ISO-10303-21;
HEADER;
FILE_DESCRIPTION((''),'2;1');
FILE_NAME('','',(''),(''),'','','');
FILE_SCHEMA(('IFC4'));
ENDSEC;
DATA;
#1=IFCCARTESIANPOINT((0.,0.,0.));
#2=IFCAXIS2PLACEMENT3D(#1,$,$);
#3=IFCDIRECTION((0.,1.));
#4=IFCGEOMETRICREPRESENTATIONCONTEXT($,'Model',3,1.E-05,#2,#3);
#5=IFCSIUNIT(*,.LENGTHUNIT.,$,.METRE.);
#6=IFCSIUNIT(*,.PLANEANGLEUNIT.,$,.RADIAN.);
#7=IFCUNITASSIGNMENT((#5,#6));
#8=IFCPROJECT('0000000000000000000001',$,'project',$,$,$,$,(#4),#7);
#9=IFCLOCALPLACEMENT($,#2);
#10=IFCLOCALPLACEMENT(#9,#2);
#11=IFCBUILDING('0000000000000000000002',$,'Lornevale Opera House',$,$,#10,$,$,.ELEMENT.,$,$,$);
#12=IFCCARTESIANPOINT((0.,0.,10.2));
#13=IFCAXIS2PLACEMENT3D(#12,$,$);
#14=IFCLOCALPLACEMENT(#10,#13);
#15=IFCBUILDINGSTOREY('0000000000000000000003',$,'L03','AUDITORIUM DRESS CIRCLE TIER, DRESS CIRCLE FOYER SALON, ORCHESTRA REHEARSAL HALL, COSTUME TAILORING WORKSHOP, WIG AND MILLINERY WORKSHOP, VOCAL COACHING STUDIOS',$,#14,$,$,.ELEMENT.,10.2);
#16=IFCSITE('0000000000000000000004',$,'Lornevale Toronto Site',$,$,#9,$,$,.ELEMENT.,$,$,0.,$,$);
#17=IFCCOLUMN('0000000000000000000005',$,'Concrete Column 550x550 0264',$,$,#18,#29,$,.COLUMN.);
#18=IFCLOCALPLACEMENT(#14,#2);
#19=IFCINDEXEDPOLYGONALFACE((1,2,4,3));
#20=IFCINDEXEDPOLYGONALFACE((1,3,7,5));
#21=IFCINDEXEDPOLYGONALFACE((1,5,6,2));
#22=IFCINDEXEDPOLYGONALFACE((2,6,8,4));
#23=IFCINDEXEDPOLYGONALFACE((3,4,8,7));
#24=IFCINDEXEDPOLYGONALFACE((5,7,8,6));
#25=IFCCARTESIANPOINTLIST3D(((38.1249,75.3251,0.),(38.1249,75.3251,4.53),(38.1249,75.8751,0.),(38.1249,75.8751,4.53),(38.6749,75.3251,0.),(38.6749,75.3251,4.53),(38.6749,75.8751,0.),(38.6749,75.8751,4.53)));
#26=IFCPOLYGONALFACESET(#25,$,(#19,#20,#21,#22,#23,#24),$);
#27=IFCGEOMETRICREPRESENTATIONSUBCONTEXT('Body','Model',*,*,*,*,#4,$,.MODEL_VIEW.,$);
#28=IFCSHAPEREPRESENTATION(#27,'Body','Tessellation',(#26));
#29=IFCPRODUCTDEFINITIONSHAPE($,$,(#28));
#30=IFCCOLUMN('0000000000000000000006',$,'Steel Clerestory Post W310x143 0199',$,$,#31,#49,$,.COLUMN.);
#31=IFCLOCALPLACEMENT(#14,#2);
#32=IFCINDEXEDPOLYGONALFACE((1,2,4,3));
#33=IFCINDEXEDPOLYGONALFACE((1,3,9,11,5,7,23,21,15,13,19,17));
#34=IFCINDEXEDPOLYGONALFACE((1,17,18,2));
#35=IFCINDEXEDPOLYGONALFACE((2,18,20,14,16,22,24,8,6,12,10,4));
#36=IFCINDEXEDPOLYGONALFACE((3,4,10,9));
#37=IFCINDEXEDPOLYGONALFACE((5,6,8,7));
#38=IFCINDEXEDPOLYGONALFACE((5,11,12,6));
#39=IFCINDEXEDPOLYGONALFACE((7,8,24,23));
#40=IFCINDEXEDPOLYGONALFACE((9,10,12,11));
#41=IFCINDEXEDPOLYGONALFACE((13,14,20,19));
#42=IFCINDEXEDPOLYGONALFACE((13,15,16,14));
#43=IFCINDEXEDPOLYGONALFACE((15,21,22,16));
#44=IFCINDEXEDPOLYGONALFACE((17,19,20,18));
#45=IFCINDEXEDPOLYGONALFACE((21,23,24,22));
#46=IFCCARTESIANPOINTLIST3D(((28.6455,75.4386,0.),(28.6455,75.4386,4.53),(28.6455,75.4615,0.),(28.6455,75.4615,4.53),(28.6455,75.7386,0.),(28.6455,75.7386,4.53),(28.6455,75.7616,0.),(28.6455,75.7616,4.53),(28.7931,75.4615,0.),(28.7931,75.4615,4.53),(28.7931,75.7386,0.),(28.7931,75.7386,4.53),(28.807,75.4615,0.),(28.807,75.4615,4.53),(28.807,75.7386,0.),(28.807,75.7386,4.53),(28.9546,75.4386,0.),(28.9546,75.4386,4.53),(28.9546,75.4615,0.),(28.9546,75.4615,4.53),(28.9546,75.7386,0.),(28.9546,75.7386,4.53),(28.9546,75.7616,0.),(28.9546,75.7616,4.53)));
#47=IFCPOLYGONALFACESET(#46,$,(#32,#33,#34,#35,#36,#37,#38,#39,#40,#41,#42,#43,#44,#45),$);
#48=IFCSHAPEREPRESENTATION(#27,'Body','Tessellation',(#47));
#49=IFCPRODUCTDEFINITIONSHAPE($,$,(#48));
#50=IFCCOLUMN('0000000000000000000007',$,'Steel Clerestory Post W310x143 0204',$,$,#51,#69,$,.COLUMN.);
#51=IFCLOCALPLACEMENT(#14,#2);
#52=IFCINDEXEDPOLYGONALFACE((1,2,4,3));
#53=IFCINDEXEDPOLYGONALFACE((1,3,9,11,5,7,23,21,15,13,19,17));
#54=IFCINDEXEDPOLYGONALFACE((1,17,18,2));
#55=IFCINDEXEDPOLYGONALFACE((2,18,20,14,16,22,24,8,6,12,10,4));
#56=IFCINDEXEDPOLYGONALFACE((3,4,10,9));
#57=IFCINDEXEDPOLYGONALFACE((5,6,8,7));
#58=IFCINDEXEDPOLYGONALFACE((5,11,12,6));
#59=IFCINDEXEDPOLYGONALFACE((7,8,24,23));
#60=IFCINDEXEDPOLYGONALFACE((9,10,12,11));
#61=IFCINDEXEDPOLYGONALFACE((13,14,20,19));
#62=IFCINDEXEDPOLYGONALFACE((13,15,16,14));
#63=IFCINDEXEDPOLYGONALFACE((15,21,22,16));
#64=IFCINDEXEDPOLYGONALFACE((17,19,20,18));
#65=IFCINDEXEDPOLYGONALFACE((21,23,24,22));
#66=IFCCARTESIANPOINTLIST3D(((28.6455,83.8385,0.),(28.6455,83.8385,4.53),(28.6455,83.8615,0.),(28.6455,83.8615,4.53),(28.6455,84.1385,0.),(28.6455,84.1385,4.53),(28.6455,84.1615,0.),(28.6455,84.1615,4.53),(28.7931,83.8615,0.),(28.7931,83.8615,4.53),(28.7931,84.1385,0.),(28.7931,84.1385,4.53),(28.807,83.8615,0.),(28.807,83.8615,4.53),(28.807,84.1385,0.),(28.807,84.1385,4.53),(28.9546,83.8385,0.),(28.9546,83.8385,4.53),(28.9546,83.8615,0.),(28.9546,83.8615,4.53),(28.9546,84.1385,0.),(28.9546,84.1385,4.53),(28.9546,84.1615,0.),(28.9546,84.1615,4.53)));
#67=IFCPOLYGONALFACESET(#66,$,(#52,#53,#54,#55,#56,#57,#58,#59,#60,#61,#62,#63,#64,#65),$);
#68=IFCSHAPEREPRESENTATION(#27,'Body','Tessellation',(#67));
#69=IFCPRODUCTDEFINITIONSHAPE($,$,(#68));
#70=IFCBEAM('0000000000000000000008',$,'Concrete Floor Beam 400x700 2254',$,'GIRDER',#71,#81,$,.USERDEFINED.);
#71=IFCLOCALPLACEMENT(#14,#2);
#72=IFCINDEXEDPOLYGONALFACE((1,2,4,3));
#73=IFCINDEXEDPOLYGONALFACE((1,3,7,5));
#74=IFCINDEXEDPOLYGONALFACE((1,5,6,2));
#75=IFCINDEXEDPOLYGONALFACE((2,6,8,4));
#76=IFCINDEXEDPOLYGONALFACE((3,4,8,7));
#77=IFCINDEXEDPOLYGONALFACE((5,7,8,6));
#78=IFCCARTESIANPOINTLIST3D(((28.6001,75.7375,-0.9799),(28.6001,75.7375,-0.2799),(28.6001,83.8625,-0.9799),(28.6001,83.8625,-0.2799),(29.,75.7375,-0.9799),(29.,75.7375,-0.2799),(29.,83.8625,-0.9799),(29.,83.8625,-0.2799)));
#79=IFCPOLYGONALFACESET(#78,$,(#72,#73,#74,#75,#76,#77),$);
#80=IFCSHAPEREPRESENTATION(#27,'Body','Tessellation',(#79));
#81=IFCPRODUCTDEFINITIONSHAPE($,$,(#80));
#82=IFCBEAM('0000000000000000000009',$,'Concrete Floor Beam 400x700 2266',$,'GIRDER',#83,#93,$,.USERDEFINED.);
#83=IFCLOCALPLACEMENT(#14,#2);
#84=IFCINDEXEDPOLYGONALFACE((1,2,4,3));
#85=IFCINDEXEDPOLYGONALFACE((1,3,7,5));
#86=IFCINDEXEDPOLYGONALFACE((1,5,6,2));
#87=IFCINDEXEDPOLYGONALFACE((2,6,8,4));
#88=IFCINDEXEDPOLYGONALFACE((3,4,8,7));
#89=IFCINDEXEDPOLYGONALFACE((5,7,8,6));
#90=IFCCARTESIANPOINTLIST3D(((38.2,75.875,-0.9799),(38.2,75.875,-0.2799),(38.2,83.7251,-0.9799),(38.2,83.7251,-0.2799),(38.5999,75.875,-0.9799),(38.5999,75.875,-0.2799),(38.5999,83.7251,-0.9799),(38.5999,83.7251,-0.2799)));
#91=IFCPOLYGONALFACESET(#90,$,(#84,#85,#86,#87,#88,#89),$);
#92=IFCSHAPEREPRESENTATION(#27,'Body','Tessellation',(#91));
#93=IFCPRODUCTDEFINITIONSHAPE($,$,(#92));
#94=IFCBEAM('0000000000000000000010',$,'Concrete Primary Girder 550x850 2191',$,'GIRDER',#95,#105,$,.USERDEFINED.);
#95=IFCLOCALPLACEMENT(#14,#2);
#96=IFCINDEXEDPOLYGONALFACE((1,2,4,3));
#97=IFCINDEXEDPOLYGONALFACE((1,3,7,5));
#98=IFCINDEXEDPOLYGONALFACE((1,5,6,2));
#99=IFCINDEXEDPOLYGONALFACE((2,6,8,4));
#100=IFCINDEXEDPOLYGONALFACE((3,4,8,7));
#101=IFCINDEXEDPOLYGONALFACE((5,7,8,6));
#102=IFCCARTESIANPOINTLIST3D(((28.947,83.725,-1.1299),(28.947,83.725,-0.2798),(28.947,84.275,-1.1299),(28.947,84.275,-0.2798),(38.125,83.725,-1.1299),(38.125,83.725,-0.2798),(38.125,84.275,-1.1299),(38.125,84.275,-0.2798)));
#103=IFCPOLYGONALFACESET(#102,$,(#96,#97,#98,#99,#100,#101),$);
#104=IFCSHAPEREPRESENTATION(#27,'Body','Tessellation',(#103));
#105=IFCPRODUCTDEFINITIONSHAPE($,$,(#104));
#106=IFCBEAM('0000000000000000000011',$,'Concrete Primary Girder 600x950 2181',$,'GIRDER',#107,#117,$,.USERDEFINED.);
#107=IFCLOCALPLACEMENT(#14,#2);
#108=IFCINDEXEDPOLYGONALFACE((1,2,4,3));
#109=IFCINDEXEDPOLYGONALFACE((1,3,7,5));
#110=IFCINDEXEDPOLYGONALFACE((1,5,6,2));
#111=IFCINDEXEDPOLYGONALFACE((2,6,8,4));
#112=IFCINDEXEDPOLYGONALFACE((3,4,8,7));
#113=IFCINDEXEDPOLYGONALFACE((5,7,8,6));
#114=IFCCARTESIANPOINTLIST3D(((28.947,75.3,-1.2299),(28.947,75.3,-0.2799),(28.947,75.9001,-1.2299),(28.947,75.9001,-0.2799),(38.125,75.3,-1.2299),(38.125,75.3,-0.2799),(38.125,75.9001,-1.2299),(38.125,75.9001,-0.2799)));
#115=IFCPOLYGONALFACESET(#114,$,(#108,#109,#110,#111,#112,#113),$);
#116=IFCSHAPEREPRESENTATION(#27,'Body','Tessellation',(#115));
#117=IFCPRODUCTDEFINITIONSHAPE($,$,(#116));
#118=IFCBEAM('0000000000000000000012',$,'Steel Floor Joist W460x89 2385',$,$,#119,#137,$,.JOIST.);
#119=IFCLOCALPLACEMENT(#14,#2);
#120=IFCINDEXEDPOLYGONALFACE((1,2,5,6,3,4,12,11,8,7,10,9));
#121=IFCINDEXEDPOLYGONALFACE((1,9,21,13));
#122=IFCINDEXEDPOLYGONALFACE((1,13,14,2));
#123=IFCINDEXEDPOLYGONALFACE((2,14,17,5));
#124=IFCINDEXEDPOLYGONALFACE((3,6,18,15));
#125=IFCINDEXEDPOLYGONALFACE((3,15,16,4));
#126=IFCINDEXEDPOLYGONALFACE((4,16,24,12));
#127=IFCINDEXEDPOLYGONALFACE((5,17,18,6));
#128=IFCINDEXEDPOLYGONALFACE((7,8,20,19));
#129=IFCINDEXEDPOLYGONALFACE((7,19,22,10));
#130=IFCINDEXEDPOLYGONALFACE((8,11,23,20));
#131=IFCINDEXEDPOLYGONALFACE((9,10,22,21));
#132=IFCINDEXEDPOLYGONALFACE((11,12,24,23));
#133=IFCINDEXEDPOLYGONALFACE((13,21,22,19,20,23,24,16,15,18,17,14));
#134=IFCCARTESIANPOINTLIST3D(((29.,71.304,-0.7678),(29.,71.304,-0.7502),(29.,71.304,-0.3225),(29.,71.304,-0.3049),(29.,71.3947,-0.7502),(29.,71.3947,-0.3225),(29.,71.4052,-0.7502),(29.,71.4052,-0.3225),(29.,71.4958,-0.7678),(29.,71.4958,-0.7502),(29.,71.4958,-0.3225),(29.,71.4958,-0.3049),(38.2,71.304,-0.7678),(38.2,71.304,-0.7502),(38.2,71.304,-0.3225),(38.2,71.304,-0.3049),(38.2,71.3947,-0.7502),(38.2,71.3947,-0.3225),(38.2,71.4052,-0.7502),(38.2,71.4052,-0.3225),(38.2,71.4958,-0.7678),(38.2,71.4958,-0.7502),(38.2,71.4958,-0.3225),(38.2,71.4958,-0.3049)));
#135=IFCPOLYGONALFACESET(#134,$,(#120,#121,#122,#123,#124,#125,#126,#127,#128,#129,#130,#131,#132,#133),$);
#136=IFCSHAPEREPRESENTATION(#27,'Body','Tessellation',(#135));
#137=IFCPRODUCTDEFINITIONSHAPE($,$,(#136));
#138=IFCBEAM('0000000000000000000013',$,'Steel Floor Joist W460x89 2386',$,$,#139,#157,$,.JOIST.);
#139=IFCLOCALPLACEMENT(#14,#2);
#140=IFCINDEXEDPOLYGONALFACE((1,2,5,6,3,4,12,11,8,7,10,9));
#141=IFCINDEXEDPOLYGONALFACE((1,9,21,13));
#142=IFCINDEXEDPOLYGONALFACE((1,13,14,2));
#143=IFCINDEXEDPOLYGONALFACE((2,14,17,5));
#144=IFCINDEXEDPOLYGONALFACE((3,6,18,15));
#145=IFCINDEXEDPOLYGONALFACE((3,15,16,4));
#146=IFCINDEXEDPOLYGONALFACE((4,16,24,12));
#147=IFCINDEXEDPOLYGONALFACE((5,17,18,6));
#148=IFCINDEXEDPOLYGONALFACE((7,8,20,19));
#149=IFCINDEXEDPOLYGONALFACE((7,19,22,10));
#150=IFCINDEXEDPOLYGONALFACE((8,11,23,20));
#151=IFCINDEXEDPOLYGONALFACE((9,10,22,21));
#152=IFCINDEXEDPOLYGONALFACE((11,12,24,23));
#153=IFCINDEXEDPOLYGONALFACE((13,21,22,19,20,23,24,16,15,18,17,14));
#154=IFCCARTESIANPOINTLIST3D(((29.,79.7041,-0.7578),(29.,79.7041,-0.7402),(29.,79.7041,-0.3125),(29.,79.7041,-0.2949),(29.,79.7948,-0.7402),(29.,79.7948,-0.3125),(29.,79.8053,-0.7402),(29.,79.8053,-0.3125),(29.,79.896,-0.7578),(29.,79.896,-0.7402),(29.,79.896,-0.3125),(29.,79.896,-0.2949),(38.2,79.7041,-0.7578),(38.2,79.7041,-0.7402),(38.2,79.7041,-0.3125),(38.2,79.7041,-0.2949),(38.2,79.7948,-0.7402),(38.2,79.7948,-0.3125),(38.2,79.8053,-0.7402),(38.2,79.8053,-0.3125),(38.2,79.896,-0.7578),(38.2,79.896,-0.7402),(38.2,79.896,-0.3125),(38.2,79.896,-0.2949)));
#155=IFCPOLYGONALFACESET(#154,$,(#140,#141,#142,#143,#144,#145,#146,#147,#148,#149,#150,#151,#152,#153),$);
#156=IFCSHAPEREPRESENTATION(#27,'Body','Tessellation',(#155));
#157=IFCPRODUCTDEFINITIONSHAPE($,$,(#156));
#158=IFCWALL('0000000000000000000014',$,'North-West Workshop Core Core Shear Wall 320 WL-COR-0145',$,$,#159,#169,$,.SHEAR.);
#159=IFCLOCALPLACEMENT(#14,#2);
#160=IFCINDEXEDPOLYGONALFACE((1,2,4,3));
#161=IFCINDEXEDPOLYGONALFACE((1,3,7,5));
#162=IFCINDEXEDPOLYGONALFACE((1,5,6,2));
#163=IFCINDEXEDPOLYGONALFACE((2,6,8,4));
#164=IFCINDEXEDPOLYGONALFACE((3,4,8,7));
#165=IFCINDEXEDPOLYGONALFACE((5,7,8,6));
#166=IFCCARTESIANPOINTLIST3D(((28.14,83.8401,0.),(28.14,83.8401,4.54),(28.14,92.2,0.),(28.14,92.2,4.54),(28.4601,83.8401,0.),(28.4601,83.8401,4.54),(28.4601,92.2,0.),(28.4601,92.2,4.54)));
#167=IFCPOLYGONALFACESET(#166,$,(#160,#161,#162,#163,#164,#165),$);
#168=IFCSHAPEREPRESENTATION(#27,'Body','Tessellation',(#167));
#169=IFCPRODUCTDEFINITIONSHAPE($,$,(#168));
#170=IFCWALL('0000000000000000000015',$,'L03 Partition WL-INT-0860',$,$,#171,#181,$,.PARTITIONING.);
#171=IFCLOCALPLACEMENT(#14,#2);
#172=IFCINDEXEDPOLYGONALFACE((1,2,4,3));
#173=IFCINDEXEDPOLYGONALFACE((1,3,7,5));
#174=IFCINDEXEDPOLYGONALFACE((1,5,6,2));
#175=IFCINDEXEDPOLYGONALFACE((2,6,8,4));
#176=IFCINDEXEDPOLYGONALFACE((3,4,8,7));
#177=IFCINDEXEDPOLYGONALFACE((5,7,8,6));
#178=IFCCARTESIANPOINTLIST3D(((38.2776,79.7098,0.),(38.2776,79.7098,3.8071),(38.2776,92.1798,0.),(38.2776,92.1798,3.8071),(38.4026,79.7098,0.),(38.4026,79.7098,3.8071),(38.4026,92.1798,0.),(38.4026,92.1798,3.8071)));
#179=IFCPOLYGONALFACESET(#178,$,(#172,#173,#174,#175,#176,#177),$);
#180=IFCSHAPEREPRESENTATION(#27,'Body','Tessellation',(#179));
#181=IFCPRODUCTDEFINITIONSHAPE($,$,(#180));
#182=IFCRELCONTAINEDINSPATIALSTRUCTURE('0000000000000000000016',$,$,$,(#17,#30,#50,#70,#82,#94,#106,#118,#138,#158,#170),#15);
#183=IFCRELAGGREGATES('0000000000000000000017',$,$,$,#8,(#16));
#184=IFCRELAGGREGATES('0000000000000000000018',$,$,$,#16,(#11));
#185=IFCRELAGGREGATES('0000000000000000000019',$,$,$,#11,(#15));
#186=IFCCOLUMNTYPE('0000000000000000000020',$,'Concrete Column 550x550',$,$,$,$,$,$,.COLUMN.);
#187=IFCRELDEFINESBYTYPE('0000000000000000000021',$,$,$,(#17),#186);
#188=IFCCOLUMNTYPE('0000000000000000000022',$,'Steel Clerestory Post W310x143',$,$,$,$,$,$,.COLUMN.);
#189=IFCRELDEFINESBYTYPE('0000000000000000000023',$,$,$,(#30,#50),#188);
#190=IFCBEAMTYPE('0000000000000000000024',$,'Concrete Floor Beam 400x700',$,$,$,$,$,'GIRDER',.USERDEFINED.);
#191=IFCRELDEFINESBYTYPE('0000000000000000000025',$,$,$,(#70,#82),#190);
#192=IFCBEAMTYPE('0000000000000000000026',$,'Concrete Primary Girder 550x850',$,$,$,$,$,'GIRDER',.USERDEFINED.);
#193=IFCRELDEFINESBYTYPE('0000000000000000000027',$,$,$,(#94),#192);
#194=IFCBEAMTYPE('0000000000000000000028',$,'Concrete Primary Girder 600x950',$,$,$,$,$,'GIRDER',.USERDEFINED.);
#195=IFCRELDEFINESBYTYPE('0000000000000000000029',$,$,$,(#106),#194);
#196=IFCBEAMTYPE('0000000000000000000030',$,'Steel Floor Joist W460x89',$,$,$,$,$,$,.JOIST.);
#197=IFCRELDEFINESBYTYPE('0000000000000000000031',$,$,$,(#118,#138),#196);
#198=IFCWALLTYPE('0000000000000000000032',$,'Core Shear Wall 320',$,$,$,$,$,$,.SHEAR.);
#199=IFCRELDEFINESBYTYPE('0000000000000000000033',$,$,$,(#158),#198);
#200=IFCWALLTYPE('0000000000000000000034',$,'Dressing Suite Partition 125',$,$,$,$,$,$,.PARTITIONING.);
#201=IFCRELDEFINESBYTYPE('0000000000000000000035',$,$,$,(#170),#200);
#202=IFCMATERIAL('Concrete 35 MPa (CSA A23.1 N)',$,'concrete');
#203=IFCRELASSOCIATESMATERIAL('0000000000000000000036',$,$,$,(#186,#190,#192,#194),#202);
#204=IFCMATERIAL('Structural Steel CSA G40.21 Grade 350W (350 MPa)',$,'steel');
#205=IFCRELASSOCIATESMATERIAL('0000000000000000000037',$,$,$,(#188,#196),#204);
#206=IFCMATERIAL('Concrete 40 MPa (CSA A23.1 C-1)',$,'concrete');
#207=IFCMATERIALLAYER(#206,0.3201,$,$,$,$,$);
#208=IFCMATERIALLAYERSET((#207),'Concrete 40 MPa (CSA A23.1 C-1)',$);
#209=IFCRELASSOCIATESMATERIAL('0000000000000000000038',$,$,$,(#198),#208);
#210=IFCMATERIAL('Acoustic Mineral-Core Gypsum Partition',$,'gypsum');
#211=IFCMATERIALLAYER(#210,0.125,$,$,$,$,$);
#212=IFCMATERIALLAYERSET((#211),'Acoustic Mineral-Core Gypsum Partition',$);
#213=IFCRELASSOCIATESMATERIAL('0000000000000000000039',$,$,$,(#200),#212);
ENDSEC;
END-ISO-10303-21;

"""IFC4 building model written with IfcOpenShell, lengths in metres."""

from ifc_helpers import new_model, si_unit, direction, frame, frame_2d, origin, origin_2d, place, context, subcontext, project, spatial, rectangle, i_section, extrude, material, layer, layer_set, material_profile, profile_set, type_object, element, save


model = new_model("IFC4")

# Units and contexts
model_context = context("Model", 3, precision=1e-05, world=origin(), true_north=direction((0.0, 1.0)))
body_context = subcontext(model_context, "Body", "Model", "MODEL_VIEW")
ifc_project = project(units=[si_unit("LENGTHUNIT", "METRE"), si_unit("PLANEANGLEUNIT", "RADIAN")], contexts=[model_context])

# Site, building, storey
site_placement = place(None, origin())
site = spatial("IfcSite", under=ifc_project, at=site_placement, Name="Lornevale Toronto Site", CompositionType="ELEMENT", RefElevation=0.0)
building_placement = place(site_placement, origin())
building = spatial("IfcBuilding", under=site, at=building_placement, Name="Lornevale Opera House", CompositionType="ELEMENT")
storey_placement = place(building_placement, frame((0.0, 0.0, 10.2)))
storey = spatial("IfcBuildingStorey", under=building, at=storey_placement, Name="L03", Description="AUDITORIUM DRESS CIRCLE TIER, DRESS CIRCLE FOYER SALON, ORCHESTRA REHEARSAL HALL, COSTUME TAILORING WORKSHOP, WIG AND MILLINERY WORKSHOP, VOCAL COACHING STUDIOS", CompositionType="ELEMENT", Elevation=10.2)

# Columns
ifc_material_1 = material(Name="Concrete 35 MPa (CSA A23.1 N)", Category="concrete")
ifc_material_profile_1 = material_profile(ifc_material_1, rectangle(XDim=0.55, YDim=0.55, at=origin_2d()), Name="RC550x550")
ifc_profile_set_1 = profile_set([ifc_material_profile_1], Name="Concrete 35 MPa (CSA A23.1 N)")
column_type_1 = type_object("IfcColumnType", Name="Concrete Column 550x550", PredefinedType="COLUMN", material=ifc_profile_set_1)
column_placement = place(storey_placement, frame((38.3999, 75.6001, 0.0), z_axis=(0.0, 0.0, 1.0), x_axis=(1.0, 0.0, 0.0)))
element("IfcColumn", 1, at=column_placement, inside=storey, type_object=column_type_1, Name="Concrete Column 550x550 0264", PredefinedType="COLUMN", context=body_context, shape_type="SweptSolid", body=[
    extrude(rectangle(XDim=0.55, YDim=0.55, at=origin_2d()), origin(), (0.0, 0.0, 1.0), 4.53),
])
ifc_material_2 = material(Name="Structural Steel CSA G40.21 Grade 350W (350 MPa)", Category="steel")
ifc_material_profile_2 = material_profile(ifc_material_2, i_section(OverallWidth=0.3091, OverallDepth=0.323, WebThickness=0.0139, FlangeThickness=0.0229, at=origin_2d()), Name="W310x143")
ifc_profile_set_2 = profile_set([ifc_material_profile_2], Name="Structural Steel CSA G40.21 Grade 350W (350 MPa)")
column_type_2 = type_object("IfcColumnType", Name="Steel Clerestory Post W310x143", PredefinedType="COLUMN", material=ifc_profile_set_2)
for number, where, z_axis, x_axis, name in (
    (2, (28.8, 75.6001, 0.0), (0.0, 0.0, 1.0), (1.0, 0.0, 0.0), "Steel Clerestory Post W310x143 0199"),
    (3, (28.8, 84.0, 0.0), (0.0, 0.0, 1.0), (1.0, 0.0, 0.0), "Steel Clerestory Post W310x143 0204"),
):
    element("IfcColumn", number, at=place(storey_placement, frame(where, z_axis=z_axis, x_axis=x_axis)), inside=storey, type_object=column_type_2, Name=name, PredefinedType="COLUMN", context=body_context, shape_type="SweptSolid", body=[
        extrude(i_section(OverallWidth=0.3091, OverallDepth=0.323, WebThickness=0.0139, FlangeThickness=0.0229, at=origin_2d()), origin(), (0.0, 0.0, 1.0), 4.53),
    ])

# Beams
ifc_material_profile_3 = material_profile(ifc_material_1, rectangle(XDim=0.3999, YDim=0.7, at=origin_2d()), Name="RC400x700")
ifc_profile_set_3 = profile_set([ifc_material_profile_3], Name="Concrete 35 MPa (CSA A23.1 N)")
beam_type_1 = type_object("IfcBeamType", Name="Concrete Floor Beam 400x700", ElementType="GIRDER", PredefinedType="USERDEFINED", material=ifc_profile_set_3)
beam_1_placement = place(storey_placement, frame((28.8, 75.7375, -0.6299), z_axis=(0.0, 1.0, 0.0), x_axis=(-1.0, 0.0, 0.0)))
element("IfcBeam", 4, at=beam_1_placement, inside=storey, type_object=beam_type_1, Name="Concrete Floor Beam 400x700 2254", ObjectType="GIRDER", PredefinedType="USERDEFINED", context=body_context, shape_type="SweptSolid", body=[
    extrude(rectangle(XDim=0.3999, YDim=0.7, at=origin_2d()), origin(), (0.0, 0.0, 1.0), 8.125),
])
beam_2_placement = place(storey_placement, frame((38.3999, 75.875, -0.6299), z_axis=(0.0, 1.0, 0.0), x_axis=(-1.0, 0.0, 0.0)))
element("IfcBeam", 5, at=beam_2_placement, inside=storey, type_object=beam_type_1, Name="Concrete Floor Beam 400x700 2266", ObjectType="GIRDER", PredefinedType="USERDEFINED", context=body_context, shape_type="SweptSolid", body=[
    extrude(rectangle(XDim=0.3999, YDim=0.7, at=origin_2d()), origin(), (0.0, 0.0, 1.0), 7.8501),
])
ifc_material_profile_4 = material_profile(ifc_material_1, rectangle(XDim=0.55, YDim=0.8501, at=origin_2d()), Name="RC550x850")
ifc_profile_set_4 = profile_set([ifc_material_profile_4], Name="Concrete 35 MPa (CSA A23.1 N)")
beam_type_2 = type_object("IfcBeamType", Name="Concrete Primary Girder 550x850", ElementType="GIRDER", PredefinedType="USERDEFINED", material=ifc_profile_set_4)
beam_3_placement = place(storey_placement, frame((28.947, 84.0, -0.7048), z_axis=(1.0, 0.0, 0.0), x_axis=(0.0, 1.0, 0.0)))
element("IfcBeam", 6, at=beam_3_placement, inside=storey, type_object=beam_type_2, Name="Concrete Primary Girder 550x850 2191", ObjectType="GIRDER", PredefinedType="USERDEFINED", context=body_context, shape_type="SweptSolid", body=[
    extrude(rectangle(XDim=0.55, YDim=0.8501, at=origin_2d()), origin(), (0.0, 0.0, 1.0), 9.178),
])
ifc_material_profile_5 = material_profile(ifc_material_1, rectangle(XDim=0.6001, YDim=0.95, at=origin_2d()), Name="RC600x950")
ifc_profile_set_5 = profile_set([ifc_material_profile_5], Name="Concrete 35 MPa (CSA A23.1 N)")
beam_type_3 = type_object("IfcBeamType", Name="Concrete Primary Girder 600x950", ElementType="GIRDER", PredefinedType="USERDEFINED", material=ifc_profile_set_5)
beam_4_placement = place(storey_placement, frame((28.947, 75.6001, -0.7549), z_axis=(1.0, 0.0, 0.0), x_axis=(0.0, 1.0, 0.0)))
element("IfcBeam", 7, at=beam_4_placement, inside=storey, type_object=beam_type_3, Name="Concrete Primary Girder 600x950 2181", ObjectType="GIRDER", PredefinedType="USERDEFINED", context=body_context, shape_type="SweptSolid", body=[
    extrude(rectangle(XDim=0.6001, YDim=0.95, at=origin_2d()), origin(), (0.0, 0.0, 1.0), 9.178),
])
ifc_material_profile_6 = material_profile(ifc_material_2, i_section(OverallWidth=0.1919, OverallDepth=0.4629, WebThickness=0.0105, FlangeThickness=0.0176, at=origin_2d()), Name="W460x89")
ifc_profile_set_6 = profile_set([ifc_material_profile_6], Name="Structural Steel CSA G40.21 Grade 350W (350 MPa)")
beam_type_4 = type_object("IfcBeamType", Name="Steel Floor Joist W460x89", PredefinedType="JOIST", material=ifc_profile_set_6)
for number, where, z_axis, x_axis, name in (
    (8, (29.0, 71.3999, -0.5364), (1.0, 0.0, 0.0), (0.0, 1.0, 0.0), "Steel Floor Joist W460x89 2385"),
    (9, (29.0, 79.8, -0.5264), (1.0, 0.0, 0.0), (0.0, 1.0, 0.0), "Steel Floor Joist W460x89 2386"),
):
    element("IfcBeam", number, at=place(storey_placement, frame(where, z_axis=z_axis, x_axis=x_axis)), inside=storey, type_object=beam_type_4, Name=name, PredefinedType="JOIST", context=body_context, shape_type="SweptSolid", body=[
        extrude(i_section(OverallWidth=0.1919, OverallDepth=0.4629, WebThickness=0.0105, FlangeThickness=0.0176, at=origin_2d()), origin(), (0.0, 0.0, 1.0), 9.2),
    ])

# Walls
ifc_material_3 = material(Name="Concrete 40 MPa (CSA A23.1 C-1)", Category="concrete")
ifc_layer_1 = layer(ifc_material_3, 0.3201)
ifc_layer_set_1 = layer_set([ifc_layer_1], Name="Concrete 40 MPa (CSA A23.1 C-1)")
wall_type_1 = type_object("IfcWallType", Name="Core Shear Wall 320", PredefinedType="SHEAR", material=ifc_layer_set_1)
wall_1_placement = place(storey_placement, frame((28.3, 83.8401, 0.0), z_axis=(0.0, 0.0, 1.0), x_axis=(0.0, 1.0, 0.0)))
element("IfcWall", 10, at=wall_1_placement, inside=storey, type_object=wall_type_1, Name="North-West Workshop Core Core Shear Wall 320 WL-COR-0145", PredefinedType="SHEAR", context=body_context, shape_type="SweptSolid", body=[
    extrude(rectangle(XDim=8.3599, YDim=0.3201, at=frame_2d((4.1799, 0.0))), origin(), (0.0, 0.0, 1.0), 4.54),
])
ifc_material_4 = material(Name="Acoustic Mineral-Core Gypsum Partition", Category="gypsum")
ifc_layer_2 = layer(ifc_material_4, 0.125)
ifc_layer_set_2 = layer_set([ifc_layer_2], Name="Acoustic Mineral-Core Gypsum Partition")
wall_type_2 = type_object("IfcWallType", Name="Dressing Suite Partition 125", PredefinedType="PARTITIONING", material=ifc_layer_set_2)
wall_2_placement = place(storey_placement, frame((38.3401, 79.71, 0.0), z_axis=(0.0, 0.0, 1.0), x_axis=(0.0, 1.0, 0.0)))
element("IfcWall", 11, at=wall_2_placement, inside=storey, type_object=wall_type_2, Name="L03 Partition WL-INT-0860", PredefinedType="PARTITIONING", context=body_context, shape_type="SweptSolid", body=[
    extrude(rectangle(XDim=12.47, YDim=0.125, at=frame_2d((6.2349, 0.0))), origin(), (0.0, 0.0, 1.0), 3.8071),
])

save(model, "model.ifc")
